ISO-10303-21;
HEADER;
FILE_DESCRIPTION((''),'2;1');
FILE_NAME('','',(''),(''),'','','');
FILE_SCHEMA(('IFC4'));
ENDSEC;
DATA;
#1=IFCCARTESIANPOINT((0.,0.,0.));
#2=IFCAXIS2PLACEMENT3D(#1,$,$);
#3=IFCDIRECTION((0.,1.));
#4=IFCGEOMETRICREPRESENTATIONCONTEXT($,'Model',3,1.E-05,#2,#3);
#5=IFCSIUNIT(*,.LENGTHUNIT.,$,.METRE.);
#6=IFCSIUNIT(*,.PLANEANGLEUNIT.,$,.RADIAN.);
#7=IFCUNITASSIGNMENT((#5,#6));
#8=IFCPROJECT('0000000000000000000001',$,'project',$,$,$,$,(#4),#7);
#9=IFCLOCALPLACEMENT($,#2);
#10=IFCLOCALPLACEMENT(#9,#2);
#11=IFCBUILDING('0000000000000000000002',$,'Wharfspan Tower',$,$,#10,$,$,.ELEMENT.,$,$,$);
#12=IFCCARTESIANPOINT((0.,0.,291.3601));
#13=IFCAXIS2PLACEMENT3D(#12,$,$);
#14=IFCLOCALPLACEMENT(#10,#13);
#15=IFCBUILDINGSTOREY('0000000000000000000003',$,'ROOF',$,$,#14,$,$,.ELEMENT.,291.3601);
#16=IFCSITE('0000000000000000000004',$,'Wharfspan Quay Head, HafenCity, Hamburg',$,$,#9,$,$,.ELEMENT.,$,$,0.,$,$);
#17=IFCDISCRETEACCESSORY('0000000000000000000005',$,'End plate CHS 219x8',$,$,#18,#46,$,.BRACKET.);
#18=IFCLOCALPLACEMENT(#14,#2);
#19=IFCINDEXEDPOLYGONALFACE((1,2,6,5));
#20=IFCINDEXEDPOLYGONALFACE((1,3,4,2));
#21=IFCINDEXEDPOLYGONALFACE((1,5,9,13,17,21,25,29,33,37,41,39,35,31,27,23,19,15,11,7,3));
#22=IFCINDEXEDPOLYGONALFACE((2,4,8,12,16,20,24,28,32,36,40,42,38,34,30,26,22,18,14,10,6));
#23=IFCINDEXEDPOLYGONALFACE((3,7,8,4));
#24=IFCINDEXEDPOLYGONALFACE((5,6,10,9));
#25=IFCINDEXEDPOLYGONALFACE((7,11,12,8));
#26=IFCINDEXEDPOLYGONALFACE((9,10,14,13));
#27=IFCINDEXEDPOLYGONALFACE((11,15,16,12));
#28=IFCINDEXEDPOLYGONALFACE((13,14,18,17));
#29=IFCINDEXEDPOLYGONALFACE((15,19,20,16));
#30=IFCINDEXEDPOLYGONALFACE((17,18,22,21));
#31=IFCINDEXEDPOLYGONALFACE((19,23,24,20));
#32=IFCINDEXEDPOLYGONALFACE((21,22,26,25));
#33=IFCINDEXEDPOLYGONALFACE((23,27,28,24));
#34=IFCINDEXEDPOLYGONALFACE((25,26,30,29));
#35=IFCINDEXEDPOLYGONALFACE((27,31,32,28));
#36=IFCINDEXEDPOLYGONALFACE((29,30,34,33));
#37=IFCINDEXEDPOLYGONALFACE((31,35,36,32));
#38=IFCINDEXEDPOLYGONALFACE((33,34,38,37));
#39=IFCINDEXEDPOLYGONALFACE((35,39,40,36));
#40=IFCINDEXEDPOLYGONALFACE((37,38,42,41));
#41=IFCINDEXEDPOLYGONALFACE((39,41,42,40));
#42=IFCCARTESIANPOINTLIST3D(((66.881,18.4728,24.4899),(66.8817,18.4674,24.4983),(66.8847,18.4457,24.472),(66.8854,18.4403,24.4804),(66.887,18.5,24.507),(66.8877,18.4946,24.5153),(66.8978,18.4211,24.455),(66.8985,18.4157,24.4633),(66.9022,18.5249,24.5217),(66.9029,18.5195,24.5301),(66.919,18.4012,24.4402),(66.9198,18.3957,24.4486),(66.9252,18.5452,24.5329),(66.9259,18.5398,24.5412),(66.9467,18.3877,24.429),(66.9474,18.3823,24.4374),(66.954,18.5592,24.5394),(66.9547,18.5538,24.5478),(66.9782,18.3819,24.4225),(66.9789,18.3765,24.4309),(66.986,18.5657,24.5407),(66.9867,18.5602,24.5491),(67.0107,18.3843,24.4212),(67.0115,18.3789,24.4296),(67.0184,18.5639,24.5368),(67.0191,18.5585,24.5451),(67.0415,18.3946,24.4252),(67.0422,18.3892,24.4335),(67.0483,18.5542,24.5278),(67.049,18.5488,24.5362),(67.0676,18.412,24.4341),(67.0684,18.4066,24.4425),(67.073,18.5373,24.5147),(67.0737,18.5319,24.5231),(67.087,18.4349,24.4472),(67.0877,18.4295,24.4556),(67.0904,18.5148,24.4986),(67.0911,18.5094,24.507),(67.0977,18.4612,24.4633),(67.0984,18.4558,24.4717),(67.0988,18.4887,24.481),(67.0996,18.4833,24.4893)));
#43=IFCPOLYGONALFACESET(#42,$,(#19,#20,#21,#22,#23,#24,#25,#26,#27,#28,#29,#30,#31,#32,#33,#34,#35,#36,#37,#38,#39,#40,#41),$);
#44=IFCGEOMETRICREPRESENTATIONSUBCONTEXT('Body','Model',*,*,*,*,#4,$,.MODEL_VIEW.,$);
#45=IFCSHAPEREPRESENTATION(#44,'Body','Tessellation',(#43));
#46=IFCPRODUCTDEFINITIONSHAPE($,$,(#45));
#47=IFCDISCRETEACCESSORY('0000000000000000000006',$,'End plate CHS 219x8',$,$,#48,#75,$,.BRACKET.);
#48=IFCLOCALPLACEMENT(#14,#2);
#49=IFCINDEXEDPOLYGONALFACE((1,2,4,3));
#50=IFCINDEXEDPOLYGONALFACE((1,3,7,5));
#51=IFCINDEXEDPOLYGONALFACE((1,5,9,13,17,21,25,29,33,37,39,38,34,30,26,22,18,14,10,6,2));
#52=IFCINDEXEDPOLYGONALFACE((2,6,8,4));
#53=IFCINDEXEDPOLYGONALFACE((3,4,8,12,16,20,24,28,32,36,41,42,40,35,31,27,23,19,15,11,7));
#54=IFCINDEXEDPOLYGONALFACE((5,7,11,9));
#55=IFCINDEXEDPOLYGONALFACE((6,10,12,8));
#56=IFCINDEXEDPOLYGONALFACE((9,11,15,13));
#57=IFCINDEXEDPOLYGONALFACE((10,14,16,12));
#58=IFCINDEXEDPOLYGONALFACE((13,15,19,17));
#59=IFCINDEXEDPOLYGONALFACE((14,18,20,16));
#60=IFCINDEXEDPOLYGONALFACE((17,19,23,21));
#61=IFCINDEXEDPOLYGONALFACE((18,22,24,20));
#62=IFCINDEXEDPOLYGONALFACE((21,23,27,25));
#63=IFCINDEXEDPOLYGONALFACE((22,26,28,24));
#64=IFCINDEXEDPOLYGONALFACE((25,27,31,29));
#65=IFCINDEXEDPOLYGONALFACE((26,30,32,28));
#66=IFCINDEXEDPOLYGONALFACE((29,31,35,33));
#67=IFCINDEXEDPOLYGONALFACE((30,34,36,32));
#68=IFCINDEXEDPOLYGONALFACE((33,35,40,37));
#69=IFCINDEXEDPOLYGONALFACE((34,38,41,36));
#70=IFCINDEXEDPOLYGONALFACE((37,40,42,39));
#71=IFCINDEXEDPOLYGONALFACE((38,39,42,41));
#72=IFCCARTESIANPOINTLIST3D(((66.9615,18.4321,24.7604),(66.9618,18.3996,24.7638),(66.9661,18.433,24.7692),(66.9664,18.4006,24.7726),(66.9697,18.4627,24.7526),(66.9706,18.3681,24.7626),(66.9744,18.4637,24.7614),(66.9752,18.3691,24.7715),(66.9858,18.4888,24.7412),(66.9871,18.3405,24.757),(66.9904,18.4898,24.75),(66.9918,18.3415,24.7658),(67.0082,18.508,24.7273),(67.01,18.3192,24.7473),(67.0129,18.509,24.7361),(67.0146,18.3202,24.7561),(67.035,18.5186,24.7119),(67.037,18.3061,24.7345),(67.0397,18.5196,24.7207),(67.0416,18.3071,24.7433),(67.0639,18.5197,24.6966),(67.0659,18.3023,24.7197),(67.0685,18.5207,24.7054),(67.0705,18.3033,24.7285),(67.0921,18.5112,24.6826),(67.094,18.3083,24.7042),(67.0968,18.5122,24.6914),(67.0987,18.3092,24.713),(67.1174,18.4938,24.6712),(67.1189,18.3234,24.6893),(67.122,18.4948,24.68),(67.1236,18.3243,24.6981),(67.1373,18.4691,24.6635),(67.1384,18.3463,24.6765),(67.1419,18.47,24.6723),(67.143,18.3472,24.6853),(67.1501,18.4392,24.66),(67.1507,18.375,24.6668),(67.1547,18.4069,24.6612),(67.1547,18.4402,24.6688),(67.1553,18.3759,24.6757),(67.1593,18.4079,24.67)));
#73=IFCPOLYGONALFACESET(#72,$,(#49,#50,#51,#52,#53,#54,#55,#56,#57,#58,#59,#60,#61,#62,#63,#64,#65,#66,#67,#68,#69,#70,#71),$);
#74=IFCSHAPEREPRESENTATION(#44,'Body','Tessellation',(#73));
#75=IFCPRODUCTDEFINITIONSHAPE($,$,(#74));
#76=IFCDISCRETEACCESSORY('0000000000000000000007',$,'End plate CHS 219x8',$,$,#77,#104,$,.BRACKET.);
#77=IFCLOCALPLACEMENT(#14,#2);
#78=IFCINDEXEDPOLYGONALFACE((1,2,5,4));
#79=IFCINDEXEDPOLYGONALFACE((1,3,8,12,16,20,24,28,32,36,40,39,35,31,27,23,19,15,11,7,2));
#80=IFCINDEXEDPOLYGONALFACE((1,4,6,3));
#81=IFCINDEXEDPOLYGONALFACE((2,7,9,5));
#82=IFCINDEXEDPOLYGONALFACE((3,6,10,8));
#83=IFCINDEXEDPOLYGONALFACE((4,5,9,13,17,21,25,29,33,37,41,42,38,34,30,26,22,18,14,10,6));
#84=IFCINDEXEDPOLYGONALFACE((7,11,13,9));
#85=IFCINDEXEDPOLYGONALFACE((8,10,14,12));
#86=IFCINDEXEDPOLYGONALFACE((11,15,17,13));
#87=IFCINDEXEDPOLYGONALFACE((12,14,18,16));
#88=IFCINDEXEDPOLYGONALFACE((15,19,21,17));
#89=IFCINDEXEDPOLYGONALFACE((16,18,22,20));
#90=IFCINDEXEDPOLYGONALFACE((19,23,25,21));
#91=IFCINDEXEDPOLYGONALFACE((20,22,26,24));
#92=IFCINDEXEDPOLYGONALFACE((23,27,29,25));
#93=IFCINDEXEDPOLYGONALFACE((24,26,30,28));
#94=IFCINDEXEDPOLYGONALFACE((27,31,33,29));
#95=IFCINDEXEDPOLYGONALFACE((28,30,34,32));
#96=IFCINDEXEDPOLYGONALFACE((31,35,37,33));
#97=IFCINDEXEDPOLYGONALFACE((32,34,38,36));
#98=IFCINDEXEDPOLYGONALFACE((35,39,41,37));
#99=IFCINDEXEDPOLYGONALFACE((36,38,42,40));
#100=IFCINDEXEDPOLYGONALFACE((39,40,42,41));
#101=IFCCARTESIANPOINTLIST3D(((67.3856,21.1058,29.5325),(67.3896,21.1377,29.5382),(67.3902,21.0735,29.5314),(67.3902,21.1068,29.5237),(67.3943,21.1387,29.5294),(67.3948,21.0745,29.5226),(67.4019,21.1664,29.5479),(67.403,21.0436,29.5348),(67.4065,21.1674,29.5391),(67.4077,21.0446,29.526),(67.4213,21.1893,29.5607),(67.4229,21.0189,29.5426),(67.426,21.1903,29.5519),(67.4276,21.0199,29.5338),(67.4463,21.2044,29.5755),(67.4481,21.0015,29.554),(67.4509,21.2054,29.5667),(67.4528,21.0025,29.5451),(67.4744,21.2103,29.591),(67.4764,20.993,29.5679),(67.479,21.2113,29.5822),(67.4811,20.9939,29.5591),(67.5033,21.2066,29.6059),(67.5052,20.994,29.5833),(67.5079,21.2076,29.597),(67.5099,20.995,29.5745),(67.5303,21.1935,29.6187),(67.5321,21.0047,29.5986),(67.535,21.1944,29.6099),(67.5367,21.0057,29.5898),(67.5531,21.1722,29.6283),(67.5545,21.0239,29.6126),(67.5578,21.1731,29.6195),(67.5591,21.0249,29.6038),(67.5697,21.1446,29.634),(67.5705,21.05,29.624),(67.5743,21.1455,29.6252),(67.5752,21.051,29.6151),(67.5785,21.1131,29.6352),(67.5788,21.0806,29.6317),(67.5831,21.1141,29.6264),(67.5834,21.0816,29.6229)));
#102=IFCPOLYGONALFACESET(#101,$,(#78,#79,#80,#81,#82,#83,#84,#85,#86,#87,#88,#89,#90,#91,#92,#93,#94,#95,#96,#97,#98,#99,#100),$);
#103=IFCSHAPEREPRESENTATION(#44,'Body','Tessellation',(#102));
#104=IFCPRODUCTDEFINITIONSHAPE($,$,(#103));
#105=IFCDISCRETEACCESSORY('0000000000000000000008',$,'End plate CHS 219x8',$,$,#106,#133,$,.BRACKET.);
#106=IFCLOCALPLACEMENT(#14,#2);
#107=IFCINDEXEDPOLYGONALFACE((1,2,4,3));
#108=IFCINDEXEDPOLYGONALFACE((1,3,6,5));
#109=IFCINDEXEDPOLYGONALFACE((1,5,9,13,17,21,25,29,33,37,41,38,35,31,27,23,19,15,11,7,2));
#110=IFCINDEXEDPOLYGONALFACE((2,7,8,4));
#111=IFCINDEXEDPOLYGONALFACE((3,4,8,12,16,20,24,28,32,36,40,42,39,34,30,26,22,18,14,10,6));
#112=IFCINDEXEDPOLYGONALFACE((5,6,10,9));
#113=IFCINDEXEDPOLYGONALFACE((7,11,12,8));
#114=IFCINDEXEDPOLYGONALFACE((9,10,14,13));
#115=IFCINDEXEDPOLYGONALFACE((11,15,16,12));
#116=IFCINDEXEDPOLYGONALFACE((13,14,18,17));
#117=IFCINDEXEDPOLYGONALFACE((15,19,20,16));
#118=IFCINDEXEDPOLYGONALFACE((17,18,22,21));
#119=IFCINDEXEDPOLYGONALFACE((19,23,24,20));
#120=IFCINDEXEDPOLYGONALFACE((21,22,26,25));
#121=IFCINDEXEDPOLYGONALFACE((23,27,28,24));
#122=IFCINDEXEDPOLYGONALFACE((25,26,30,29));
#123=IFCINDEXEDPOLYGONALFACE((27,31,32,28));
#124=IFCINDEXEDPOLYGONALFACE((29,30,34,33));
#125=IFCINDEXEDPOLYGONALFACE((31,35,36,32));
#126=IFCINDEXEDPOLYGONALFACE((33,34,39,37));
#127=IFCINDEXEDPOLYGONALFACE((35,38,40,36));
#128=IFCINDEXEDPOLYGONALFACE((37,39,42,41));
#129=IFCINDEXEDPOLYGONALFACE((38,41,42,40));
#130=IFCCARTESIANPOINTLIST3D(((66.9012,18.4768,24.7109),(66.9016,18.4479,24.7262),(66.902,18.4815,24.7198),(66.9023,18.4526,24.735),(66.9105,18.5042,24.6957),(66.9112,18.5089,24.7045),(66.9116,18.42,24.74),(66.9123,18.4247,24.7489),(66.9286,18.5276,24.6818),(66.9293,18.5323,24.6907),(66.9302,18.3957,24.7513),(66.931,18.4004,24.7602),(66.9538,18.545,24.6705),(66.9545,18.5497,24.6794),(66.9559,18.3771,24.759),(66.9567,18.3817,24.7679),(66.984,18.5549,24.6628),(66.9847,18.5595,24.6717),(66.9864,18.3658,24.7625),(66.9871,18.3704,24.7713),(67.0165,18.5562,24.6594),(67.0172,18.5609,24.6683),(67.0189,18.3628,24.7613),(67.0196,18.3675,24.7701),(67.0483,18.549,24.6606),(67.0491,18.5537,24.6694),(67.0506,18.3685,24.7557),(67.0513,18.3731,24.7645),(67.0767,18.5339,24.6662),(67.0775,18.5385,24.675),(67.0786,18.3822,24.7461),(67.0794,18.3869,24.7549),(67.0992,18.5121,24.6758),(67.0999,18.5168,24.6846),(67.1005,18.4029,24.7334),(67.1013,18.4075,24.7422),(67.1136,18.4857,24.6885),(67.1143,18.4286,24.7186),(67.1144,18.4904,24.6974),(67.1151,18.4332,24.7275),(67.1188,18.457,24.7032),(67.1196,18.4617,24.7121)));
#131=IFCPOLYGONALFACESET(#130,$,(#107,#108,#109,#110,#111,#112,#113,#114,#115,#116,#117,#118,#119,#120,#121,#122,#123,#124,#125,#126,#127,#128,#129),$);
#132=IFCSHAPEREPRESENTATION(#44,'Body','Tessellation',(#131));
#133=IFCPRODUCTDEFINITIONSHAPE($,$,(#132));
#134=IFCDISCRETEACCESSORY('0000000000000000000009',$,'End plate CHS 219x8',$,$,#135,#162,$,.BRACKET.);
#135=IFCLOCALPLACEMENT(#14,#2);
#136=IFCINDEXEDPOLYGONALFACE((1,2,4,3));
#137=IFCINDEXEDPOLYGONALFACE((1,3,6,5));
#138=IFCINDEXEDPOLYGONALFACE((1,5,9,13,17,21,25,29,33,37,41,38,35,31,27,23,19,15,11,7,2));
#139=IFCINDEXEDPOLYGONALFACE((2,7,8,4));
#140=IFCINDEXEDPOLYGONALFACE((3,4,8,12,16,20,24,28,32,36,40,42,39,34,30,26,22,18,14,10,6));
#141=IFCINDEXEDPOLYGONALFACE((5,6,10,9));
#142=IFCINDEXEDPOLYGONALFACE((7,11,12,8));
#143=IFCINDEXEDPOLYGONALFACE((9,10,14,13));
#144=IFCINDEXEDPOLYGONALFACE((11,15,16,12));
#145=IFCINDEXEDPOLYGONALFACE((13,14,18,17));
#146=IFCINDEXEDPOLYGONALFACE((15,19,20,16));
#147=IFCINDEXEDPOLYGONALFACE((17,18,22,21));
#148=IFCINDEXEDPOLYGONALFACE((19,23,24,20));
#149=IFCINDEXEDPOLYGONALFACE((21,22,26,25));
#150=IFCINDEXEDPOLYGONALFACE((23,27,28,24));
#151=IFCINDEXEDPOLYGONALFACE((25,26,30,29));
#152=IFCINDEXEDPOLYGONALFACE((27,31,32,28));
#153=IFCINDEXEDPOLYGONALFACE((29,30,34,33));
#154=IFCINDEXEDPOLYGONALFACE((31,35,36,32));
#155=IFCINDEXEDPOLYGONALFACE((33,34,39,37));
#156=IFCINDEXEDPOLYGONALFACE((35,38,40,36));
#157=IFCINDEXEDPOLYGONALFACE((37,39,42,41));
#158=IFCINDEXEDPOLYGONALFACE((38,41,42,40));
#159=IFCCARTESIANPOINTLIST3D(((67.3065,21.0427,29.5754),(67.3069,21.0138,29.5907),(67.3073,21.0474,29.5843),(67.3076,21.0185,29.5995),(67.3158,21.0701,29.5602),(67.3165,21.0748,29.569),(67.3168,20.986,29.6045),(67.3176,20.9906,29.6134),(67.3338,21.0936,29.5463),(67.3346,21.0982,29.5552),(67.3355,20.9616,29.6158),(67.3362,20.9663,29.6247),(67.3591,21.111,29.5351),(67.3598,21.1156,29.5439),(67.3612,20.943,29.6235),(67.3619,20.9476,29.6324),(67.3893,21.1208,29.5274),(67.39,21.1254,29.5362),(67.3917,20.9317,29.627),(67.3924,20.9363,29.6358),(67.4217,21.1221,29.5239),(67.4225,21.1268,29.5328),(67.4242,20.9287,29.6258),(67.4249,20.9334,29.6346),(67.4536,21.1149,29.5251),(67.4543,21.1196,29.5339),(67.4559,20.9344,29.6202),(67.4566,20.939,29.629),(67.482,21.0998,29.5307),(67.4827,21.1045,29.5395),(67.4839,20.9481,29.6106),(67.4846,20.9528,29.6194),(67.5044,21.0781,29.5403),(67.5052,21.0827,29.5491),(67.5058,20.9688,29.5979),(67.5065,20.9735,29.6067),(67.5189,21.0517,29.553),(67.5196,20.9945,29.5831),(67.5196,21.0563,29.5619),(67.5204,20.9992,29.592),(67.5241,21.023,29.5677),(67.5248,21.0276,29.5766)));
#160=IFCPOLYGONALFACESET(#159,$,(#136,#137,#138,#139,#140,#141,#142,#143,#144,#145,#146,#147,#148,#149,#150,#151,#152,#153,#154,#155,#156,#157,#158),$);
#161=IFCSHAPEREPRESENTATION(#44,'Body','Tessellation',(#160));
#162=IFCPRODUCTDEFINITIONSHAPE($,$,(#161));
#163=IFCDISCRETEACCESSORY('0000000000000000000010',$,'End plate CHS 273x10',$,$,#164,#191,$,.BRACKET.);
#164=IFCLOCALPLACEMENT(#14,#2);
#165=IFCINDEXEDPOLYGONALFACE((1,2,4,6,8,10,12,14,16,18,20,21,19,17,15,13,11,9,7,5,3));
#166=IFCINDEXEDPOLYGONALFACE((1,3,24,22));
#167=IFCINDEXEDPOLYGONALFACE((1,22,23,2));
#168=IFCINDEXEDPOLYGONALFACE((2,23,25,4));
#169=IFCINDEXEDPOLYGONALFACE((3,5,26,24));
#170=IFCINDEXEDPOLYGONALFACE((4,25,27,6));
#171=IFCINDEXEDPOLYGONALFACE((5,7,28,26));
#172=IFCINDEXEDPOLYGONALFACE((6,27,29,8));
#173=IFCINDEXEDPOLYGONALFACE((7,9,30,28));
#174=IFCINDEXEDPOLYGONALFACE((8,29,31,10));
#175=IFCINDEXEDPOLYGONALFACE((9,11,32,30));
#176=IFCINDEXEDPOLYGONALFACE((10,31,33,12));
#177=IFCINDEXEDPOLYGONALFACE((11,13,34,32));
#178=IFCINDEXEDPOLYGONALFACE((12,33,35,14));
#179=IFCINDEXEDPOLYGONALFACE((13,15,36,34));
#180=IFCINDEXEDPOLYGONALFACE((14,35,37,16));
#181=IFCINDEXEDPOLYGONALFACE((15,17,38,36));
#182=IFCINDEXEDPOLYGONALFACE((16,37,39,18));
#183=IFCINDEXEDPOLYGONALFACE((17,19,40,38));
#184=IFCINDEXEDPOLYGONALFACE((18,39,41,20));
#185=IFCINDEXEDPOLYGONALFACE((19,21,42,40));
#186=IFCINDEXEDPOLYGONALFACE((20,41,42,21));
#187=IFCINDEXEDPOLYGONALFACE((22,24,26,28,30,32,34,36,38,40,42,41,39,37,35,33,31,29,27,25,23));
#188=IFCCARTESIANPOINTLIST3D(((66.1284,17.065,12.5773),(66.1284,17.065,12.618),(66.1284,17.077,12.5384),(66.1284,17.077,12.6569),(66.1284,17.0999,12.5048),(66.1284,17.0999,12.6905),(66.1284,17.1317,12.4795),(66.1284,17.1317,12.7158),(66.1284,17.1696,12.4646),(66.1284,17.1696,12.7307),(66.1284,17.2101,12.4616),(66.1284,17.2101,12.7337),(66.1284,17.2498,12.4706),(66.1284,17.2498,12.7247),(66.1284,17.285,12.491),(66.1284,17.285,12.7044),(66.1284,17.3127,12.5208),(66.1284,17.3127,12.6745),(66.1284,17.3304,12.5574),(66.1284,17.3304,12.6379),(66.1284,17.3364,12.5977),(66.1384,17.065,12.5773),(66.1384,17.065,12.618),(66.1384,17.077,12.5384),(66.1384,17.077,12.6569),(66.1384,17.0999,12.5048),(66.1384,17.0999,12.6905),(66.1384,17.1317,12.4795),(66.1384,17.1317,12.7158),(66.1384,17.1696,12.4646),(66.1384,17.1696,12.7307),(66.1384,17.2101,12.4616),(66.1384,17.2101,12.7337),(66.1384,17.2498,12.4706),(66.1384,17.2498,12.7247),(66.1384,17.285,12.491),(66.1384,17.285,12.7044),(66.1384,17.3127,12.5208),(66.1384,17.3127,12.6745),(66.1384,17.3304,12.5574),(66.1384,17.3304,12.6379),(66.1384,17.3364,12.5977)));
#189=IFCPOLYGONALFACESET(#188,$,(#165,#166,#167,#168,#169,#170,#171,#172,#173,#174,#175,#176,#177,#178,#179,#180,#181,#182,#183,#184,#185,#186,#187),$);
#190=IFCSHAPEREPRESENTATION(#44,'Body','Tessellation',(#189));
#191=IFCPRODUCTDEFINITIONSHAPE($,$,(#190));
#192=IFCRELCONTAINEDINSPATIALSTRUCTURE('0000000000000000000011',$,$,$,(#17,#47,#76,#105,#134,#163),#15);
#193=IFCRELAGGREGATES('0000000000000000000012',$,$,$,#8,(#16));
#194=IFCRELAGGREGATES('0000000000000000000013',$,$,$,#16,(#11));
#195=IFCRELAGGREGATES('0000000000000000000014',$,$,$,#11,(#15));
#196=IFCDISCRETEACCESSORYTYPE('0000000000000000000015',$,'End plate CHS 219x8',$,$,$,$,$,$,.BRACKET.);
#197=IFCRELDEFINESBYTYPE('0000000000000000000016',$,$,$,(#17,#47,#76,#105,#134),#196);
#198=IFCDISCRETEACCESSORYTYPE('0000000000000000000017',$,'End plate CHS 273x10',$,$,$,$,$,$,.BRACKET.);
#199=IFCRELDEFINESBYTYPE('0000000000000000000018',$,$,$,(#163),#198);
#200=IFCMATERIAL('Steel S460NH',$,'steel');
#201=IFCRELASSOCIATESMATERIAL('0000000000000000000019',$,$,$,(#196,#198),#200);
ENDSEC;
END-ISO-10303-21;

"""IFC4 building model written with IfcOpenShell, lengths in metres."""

from ifc_helpers import new_model, si_unit, direction, frame, origin, origin_2d, place, context, subcontext, project, spatial, circle, extrude, material, material_profile, profile_set, type_object, element, save


model = new_model("IFC4")

# Units and contexts
model_context = context("Model", 3, precision=1e-05, world=origin(), true_north=direction((0.0, 1.0)))
body_context = subcontext(model_context, "Body", "Model", "MODEL_VIEW")
ifc_project = project(units=[si_unit("LENGTHUNIT", "METRE"), si_unit("PLANEANGLEUNIT", "RADIAN")], contexts=[model_context])

# Site, building, storey
site_placement = place(None, origin())
site = spatial("IfcSite", under=ifc_project, at=site_placement, Name="Wharfspan Quay Head, HafenCity, Hamburg", CompositionType="ELEMENT", RefElevation=0.0)
building_placement = place(site_placement, origin())
building = spatial("IfcBuilding", under=site, at=building_placement, Name="Wharfspan Tower", CompositionType="ELEMENT")
storey_placement = place(building_placement, frame((0.0, 0.0, 291.3601)))
storey = spatial("IfcBuildingStorey", under=building, at=storey_placement, Name="ROOF", CompositionType="ELEMENT", Elevation=291.3601)

# Shared definitions
ifc_material = material(Name="Steel S460NH", Category="steel")

# Discrete accessories
ifc_material_profile_1 = material_profile(ifc_material, circle(Radius=0.1096, at=origin_2d()))
ifc_profile_set_1 = profile_set([ifc_material_profile_1], Name="Steel S460NH")
discrete_accessory_type_1 = type_object("IfcDiscreteAccessoryType", Name="End plate CHS 219x8", PredefinedType="BRACKET", material=ifc_profile_set_1)
for number, where, z_axis, x_axis, name in (
    (1, (66.9902, 18.4739, 24.481), (0.073877, -0.541767, 0.837276), (0.990833, 0.135113, 0.0), "End plate CHS 219x8"),
    (2, (67.0576, 18.4114, 24.7119), (0.464521, 0.097794, 0.880146), (-0.206008, 0.978546, -0.000001), "End plate CHS 219x8"),
    (3, (67.4873, 21.1023, 29.5745), (-0.464521, -0.097794, 0.880146), (0.206008, -0.978546, -0.000001), "End plate CHS 219x8"),
    (4, (67.0095, 18.4597, 24.7109), (0.073499, 0.465496, 0.881993), (-0.987765, 0.155964, -0.000001), "End plate CHS 219x8"),
    (5, (67.4148, 21.0256, 29.5754), (0.073499, 0.465496, 0.881993), (-0.987765, 0.155964, -0.000001), "End plate CHS 219x8"),
):
    element("IfcDiscreteAccessory", number, at=place(storey_placement, frame(where, z_axis=z_axis, x_axis=x_axis)), inside=storey, type_object=discrete_accessory_type_1, Name=name, PredefinedType="BRACKET", context=body_context, shape_type="SweptSolid", body=[
        extrude(circle(Radius=0.1096, at=origin_2d()), origin(), (0.0, 0.0, 1.0), 0.01),
    ])
ifc_material_profile_2 = material_profile(ifc_material, circle(Radius=0.1365, at=origin_2d()))
ifc_profile_set_2 = profile_set([ifc_material_profile_2], Name="Steel S460NH")
discrete_accessory_type_2 = type_object("IfcDiscreteAccessoryType", Name="End plate CHS 273x10", PredefinedType="BRACKET", material=ifc_profile_set_2)
for number, where, z_axis, x_axis, name in (
    (6, (66.1284, 17.2, 12.5977), (1.0, 0.0, 0.0), (0.0, 1.0, 0.0), "End plate CHS 273x10"),
):
    element("IfcDiscreteAccessory", number, at=place(storey_placement, frame(where, z_axis=z_axis, x_axis=x_axis)), inside=storey, type_object=discrete_accessory_type_2, Name=name, PredefinedType="BRACKET", context=body_context, shape_type="SweptSolid", body=[
        extrude(circle(Radius=0.1365, at=origin_2d()), origin(), (0.0, 0.0, 1.0), 0.01),
    ])

save(model, "model.ifc")
